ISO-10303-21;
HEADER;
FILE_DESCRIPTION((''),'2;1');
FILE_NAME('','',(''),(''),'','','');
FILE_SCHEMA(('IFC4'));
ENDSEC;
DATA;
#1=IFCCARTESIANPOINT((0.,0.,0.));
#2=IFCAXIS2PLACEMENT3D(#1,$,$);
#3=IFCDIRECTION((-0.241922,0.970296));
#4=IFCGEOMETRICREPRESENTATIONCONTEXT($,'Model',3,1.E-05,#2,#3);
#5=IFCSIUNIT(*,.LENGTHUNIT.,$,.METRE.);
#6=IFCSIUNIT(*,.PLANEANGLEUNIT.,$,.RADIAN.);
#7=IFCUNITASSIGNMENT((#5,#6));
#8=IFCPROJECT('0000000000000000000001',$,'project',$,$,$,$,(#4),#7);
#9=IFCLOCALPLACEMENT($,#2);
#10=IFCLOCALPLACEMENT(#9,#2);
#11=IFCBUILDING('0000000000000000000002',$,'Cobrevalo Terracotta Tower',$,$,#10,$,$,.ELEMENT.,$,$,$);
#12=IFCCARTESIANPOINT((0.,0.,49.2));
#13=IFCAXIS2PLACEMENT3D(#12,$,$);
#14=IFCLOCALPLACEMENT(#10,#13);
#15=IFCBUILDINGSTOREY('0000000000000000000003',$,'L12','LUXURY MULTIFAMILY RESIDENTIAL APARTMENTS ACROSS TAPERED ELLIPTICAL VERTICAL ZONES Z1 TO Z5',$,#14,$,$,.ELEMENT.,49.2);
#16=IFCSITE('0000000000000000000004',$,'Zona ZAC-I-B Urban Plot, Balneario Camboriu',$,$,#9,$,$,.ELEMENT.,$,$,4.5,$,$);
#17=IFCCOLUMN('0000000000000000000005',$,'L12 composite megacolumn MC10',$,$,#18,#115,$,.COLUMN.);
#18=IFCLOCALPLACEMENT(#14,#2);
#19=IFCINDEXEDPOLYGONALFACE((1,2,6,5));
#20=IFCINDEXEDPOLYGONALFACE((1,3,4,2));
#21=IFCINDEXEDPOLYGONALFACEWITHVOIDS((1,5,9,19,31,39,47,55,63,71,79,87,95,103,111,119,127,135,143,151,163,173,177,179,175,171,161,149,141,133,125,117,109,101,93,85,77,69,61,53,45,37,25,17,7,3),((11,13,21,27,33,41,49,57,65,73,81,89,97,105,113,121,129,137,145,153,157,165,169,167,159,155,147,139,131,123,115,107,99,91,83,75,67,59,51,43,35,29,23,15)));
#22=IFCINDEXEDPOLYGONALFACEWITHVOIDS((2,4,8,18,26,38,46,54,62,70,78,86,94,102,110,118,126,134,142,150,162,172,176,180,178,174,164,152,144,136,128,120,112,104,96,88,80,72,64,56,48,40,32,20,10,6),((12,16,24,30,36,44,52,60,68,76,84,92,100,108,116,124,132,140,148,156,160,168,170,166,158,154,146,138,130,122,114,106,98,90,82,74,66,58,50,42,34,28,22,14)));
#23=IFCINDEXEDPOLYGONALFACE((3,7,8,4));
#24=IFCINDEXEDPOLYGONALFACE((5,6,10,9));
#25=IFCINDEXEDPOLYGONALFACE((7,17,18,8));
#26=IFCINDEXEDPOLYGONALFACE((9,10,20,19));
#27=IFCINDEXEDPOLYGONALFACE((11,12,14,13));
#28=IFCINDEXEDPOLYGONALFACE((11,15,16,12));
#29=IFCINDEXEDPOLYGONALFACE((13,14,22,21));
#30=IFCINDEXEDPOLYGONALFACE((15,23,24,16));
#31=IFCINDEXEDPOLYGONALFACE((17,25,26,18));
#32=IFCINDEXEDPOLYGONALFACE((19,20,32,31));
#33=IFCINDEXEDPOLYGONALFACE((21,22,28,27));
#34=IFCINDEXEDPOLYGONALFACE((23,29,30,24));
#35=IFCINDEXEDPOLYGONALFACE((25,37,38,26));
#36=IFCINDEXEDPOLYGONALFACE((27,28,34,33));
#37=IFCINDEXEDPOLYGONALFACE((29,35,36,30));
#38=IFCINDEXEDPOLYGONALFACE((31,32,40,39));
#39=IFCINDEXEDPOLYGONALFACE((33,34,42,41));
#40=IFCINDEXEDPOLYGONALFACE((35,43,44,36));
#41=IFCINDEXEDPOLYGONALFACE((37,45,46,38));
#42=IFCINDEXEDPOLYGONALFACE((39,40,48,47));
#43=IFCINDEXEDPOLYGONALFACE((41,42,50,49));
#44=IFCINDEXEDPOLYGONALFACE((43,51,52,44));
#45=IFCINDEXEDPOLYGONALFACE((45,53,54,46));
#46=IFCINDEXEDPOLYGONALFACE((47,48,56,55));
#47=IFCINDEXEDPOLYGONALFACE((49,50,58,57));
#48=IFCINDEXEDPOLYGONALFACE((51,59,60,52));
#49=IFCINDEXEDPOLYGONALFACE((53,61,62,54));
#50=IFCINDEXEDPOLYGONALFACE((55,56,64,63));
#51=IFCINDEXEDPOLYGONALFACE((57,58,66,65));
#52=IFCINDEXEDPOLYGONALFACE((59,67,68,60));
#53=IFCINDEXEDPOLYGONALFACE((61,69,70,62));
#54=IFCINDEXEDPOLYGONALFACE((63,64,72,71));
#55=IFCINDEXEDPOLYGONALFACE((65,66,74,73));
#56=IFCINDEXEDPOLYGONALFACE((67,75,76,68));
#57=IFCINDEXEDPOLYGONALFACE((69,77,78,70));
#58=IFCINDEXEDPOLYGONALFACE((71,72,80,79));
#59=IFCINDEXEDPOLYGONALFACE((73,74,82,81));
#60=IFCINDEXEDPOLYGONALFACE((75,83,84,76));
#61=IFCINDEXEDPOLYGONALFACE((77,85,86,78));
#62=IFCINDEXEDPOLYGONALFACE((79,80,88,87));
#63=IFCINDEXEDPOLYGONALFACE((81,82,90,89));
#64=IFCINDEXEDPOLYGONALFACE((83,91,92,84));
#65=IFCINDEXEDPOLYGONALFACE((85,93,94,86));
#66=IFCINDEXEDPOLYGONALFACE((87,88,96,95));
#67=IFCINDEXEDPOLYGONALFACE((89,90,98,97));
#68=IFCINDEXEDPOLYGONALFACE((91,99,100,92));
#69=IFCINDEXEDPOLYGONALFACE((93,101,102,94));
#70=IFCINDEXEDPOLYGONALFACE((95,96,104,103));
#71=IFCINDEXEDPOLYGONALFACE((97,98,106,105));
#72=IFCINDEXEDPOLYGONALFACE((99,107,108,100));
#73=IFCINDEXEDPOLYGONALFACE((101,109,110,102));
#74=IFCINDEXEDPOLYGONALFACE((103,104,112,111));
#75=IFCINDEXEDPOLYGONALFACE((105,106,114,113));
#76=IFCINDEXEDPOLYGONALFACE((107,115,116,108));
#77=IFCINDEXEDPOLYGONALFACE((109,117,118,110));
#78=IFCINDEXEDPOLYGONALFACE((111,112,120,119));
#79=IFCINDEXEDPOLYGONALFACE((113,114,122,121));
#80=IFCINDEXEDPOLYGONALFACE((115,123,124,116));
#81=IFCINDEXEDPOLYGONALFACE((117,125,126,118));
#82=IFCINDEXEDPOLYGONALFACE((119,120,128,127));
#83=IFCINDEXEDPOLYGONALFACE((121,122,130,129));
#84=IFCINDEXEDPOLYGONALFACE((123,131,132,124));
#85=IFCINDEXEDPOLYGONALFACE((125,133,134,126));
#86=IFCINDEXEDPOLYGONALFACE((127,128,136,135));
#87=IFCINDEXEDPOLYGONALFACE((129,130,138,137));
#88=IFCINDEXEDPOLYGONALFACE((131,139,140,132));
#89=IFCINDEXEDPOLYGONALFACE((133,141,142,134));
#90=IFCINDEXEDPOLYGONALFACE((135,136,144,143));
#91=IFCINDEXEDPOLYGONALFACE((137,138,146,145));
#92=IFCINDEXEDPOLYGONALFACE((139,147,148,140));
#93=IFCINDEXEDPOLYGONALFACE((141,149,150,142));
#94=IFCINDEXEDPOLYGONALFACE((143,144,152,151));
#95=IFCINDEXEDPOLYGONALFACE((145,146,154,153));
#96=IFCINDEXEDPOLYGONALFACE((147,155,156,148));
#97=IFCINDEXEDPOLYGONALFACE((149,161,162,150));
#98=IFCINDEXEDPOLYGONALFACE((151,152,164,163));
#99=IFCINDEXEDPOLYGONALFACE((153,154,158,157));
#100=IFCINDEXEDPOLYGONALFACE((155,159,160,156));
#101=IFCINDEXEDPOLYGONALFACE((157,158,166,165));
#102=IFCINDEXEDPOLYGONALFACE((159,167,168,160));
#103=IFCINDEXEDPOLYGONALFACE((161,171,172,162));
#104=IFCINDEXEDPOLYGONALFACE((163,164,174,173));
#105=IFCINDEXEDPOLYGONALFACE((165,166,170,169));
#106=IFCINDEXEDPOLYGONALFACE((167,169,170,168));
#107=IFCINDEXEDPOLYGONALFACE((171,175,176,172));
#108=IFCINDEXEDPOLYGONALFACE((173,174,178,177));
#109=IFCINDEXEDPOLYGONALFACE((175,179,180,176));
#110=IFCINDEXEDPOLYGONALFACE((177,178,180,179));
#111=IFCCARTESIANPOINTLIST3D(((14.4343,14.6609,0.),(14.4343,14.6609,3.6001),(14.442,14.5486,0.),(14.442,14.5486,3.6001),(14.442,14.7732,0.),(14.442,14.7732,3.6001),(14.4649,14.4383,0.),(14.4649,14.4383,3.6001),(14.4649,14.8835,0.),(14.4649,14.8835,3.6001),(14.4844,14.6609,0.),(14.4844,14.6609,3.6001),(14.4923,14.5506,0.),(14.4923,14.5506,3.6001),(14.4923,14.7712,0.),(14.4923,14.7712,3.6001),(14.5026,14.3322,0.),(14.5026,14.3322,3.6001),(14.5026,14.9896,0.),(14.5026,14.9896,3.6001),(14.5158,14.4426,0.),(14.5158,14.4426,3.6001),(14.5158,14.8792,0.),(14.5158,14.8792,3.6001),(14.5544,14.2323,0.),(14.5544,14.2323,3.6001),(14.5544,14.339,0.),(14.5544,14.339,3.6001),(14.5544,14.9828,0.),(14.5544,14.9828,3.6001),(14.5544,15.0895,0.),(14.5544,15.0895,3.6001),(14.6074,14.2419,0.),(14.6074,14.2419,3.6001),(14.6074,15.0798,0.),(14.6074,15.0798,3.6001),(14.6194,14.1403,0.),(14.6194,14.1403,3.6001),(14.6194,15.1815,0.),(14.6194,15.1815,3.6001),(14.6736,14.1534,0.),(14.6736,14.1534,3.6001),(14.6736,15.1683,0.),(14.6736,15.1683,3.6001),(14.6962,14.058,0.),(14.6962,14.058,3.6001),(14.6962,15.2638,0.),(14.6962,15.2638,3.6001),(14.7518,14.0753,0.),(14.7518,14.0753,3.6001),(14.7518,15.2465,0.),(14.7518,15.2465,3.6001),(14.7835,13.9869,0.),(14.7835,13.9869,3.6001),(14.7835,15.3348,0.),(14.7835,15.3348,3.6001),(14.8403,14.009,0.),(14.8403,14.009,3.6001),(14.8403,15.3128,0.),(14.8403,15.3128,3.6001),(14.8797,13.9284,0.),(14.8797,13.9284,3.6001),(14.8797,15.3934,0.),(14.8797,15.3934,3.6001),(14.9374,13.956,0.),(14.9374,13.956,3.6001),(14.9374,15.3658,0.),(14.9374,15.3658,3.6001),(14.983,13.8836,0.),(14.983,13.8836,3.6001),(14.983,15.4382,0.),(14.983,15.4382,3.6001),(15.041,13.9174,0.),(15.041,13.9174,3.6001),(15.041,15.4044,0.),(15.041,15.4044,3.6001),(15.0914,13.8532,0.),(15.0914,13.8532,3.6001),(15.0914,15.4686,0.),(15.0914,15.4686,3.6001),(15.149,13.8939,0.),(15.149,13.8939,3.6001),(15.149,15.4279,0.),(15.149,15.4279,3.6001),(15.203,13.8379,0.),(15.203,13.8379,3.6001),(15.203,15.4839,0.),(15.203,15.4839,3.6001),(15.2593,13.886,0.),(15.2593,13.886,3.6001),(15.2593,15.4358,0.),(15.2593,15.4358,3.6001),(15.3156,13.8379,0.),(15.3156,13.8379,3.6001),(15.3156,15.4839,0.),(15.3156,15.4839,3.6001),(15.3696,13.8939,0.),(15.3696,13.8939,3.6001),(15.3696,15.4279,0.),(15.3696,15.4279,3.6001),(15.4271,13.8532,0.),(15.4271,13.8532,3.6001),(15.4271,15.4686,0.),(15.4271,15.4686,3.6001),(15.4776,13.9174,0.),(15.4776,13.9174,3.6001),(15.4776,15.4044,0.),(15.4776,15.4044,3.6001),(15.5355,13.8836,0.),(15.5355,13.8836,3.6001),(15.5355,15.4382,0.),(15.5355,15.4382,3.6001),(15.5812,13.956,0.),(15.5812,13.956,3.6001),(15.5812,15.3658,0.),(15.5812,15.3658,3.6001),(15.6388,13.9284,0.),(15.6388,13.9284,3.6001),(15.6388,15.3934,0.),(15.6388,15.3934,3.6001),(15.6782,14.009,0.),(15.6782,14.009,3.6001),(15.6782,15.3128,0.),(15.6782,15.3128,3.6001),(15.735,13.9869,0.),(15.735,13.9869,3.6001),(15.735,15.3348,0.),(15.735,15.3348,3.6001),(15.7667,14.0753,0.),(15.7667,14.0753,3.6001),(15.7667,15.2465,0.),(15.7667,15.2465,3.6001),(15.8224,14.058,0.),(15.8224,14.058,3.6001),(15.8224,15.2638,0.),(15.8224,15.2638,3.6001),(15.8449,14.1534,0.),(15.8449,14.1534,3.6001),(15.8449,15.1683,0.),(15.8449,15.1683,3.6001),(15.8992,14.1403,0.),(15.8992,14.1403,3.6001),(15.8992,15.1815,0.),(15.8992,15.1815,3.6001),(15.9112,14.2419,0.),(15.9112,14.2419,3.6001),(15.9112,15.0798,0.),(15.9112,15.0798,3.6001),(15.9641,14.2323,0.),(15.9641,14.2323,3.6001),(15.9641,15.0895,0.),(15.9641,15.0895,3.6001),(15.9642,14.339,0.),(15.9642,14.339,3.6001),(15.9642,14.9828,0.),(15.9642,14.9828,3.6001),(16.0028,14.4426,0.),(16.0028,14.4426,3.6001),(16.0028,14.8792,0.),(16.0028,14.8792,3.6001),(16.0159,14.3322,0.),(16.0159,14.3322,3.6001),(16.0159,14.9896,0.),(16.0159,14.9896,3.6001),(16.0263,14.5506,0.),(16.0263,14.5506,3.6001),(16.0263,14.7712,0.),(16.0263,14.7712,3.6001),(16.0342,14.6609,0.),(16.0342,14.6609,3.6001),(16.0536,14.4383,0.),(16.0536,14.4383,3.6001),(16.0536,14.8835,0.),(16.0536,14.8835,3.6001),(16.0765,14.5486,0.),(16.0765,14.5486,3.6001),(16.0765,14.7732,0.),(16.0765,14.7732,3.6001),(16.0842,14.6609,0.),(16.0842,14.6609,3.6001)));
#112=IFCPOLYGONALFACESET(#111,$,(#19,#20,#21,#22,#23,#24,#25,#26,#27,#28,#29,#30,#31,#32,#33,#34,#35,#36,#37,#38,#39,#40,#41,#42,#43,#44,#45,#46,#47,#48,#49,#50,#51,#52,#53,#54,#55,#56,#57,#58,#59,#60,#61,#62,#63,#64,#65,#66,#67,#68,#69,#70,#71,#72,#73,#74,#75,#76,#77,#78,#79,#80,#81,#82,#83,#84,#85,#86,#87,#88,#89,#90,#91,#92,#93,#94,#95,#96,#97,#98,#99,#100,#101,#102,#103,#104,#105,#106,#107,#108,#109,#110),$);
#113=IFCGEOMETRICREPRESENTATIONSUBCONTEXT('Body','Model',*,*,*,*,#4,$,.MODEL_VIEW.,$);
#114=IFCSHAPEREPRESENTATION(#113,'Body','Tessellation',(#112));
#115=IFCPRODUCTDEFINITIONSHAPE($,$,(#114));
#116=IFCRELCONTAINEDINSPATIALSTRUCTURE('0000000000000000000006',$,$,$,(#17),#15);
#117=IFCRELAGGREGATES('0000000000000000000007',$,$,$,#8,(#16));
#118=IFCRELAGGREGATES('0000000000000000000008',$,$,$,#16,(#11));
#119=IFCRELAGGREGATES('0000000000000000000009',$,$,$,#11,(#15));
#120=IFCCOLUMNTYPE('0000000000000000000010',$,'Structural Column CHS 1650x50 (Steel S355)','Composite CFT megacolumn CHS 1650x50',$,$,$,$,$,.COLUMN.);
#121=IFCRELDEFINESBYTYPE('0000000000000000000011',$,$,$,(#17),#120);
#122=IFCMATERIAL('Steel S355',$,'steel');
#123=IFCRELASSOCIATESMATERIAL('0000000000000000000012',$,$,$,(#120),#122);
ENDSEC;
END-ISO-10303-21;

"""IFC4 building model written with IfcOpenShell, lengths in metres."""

from ifc_helpers import new_model, si_unit, direction, frame, origin, origin_2d, place, context, subcontext, project, spatial, hollow_circle, extrude, material, material_profile, profile_set, type_object, element, save


model = new_model("IFC4")

# Units and contexts
model_context = context("Model", 3, precision=1e-05, world=origin(), true_north=direction((-0.241922, 0.970296)))
body_context = subcontext(model_context, "Body", "Model", "MODEL_VIEW")
ifc_project = project(units=[si_unit("LENGTHUNIT", "METRE"), si_unit("PLANEANGLEUNIT", "RADIAN")], contexts=[model_context])

# Site, building, storey
site_placement = place(None, origin())
site = spatial("IfcSite", under=ifc_project, at=site_placement, Name="Zona ZAC-I-B Urban Plot, Balneario Camboriu", CompositionType="ELEMENT", RefElevation=4.5)
building_placement = place(site_placement, origin())
building = spatial("IfcBuilding", under=site, at=building_placement, Name="Cobrevalo Terracotta Tower", CompositionType="ELEMENT")
storey_placement = place(building_placement, frame((0.0, 0.0, 49.2)))
storey = spatial("IfcBuildingStorey", under=building, at=storey_placement, Name="L12", Description="LUXURY MULTIFAMILY RESIDENTIAL APARTMENTS ACROSS TAPERED ELLIPTICAL VERTICAL ZONES Z1 TO Z5", CompositionType="ELEMENT", Elevation=49.2)

# Column
ifc_material_1 = material(Name="Steel S355", Category="steel")
ifc_material_profile_1 = material_profile(ifc_material_1, hollow_circle(Radius=0.825, WallThickness=0.05, at=origin_2d()), Name="CHS 1650x50")
ifc_profile_set_1 = profile_set([ifc_material_profile_1], Name="Steel S355")
column_type = type_object("IfcColumnType", Name="Structural Column CHS 1650x50 (Steel S355)", Description="Composite CFT megacolumn CHS 1650x50", PredefinedType="COLUMN", material=ifc_profile_set_1)
for number, where, z_axis, x_axis, name in (
    (1, (15.2593, 14.6609, 0.0), (0.0, 0.0, 1.0), (1.0, 0.0, 0.0), "L12 composite megacolumn MC10"),
):
    element("IfcColumn", number, at=place(storey_placement, frame(where, z_axis=z_axis, x_axis=x_axis)), inside=storey, type_object=column_type, Name=name, PredefinedType="COLUMN", context=body_context, shape_type="SweptSolid", body=[
        extrude(hollow_circle(Radius=0.825, WallThickness=0.05, at=origin_2d()), origin(), (0.0, 0.0, 1.0), 3.6001),
    ])

save(model, "model.ifc")
